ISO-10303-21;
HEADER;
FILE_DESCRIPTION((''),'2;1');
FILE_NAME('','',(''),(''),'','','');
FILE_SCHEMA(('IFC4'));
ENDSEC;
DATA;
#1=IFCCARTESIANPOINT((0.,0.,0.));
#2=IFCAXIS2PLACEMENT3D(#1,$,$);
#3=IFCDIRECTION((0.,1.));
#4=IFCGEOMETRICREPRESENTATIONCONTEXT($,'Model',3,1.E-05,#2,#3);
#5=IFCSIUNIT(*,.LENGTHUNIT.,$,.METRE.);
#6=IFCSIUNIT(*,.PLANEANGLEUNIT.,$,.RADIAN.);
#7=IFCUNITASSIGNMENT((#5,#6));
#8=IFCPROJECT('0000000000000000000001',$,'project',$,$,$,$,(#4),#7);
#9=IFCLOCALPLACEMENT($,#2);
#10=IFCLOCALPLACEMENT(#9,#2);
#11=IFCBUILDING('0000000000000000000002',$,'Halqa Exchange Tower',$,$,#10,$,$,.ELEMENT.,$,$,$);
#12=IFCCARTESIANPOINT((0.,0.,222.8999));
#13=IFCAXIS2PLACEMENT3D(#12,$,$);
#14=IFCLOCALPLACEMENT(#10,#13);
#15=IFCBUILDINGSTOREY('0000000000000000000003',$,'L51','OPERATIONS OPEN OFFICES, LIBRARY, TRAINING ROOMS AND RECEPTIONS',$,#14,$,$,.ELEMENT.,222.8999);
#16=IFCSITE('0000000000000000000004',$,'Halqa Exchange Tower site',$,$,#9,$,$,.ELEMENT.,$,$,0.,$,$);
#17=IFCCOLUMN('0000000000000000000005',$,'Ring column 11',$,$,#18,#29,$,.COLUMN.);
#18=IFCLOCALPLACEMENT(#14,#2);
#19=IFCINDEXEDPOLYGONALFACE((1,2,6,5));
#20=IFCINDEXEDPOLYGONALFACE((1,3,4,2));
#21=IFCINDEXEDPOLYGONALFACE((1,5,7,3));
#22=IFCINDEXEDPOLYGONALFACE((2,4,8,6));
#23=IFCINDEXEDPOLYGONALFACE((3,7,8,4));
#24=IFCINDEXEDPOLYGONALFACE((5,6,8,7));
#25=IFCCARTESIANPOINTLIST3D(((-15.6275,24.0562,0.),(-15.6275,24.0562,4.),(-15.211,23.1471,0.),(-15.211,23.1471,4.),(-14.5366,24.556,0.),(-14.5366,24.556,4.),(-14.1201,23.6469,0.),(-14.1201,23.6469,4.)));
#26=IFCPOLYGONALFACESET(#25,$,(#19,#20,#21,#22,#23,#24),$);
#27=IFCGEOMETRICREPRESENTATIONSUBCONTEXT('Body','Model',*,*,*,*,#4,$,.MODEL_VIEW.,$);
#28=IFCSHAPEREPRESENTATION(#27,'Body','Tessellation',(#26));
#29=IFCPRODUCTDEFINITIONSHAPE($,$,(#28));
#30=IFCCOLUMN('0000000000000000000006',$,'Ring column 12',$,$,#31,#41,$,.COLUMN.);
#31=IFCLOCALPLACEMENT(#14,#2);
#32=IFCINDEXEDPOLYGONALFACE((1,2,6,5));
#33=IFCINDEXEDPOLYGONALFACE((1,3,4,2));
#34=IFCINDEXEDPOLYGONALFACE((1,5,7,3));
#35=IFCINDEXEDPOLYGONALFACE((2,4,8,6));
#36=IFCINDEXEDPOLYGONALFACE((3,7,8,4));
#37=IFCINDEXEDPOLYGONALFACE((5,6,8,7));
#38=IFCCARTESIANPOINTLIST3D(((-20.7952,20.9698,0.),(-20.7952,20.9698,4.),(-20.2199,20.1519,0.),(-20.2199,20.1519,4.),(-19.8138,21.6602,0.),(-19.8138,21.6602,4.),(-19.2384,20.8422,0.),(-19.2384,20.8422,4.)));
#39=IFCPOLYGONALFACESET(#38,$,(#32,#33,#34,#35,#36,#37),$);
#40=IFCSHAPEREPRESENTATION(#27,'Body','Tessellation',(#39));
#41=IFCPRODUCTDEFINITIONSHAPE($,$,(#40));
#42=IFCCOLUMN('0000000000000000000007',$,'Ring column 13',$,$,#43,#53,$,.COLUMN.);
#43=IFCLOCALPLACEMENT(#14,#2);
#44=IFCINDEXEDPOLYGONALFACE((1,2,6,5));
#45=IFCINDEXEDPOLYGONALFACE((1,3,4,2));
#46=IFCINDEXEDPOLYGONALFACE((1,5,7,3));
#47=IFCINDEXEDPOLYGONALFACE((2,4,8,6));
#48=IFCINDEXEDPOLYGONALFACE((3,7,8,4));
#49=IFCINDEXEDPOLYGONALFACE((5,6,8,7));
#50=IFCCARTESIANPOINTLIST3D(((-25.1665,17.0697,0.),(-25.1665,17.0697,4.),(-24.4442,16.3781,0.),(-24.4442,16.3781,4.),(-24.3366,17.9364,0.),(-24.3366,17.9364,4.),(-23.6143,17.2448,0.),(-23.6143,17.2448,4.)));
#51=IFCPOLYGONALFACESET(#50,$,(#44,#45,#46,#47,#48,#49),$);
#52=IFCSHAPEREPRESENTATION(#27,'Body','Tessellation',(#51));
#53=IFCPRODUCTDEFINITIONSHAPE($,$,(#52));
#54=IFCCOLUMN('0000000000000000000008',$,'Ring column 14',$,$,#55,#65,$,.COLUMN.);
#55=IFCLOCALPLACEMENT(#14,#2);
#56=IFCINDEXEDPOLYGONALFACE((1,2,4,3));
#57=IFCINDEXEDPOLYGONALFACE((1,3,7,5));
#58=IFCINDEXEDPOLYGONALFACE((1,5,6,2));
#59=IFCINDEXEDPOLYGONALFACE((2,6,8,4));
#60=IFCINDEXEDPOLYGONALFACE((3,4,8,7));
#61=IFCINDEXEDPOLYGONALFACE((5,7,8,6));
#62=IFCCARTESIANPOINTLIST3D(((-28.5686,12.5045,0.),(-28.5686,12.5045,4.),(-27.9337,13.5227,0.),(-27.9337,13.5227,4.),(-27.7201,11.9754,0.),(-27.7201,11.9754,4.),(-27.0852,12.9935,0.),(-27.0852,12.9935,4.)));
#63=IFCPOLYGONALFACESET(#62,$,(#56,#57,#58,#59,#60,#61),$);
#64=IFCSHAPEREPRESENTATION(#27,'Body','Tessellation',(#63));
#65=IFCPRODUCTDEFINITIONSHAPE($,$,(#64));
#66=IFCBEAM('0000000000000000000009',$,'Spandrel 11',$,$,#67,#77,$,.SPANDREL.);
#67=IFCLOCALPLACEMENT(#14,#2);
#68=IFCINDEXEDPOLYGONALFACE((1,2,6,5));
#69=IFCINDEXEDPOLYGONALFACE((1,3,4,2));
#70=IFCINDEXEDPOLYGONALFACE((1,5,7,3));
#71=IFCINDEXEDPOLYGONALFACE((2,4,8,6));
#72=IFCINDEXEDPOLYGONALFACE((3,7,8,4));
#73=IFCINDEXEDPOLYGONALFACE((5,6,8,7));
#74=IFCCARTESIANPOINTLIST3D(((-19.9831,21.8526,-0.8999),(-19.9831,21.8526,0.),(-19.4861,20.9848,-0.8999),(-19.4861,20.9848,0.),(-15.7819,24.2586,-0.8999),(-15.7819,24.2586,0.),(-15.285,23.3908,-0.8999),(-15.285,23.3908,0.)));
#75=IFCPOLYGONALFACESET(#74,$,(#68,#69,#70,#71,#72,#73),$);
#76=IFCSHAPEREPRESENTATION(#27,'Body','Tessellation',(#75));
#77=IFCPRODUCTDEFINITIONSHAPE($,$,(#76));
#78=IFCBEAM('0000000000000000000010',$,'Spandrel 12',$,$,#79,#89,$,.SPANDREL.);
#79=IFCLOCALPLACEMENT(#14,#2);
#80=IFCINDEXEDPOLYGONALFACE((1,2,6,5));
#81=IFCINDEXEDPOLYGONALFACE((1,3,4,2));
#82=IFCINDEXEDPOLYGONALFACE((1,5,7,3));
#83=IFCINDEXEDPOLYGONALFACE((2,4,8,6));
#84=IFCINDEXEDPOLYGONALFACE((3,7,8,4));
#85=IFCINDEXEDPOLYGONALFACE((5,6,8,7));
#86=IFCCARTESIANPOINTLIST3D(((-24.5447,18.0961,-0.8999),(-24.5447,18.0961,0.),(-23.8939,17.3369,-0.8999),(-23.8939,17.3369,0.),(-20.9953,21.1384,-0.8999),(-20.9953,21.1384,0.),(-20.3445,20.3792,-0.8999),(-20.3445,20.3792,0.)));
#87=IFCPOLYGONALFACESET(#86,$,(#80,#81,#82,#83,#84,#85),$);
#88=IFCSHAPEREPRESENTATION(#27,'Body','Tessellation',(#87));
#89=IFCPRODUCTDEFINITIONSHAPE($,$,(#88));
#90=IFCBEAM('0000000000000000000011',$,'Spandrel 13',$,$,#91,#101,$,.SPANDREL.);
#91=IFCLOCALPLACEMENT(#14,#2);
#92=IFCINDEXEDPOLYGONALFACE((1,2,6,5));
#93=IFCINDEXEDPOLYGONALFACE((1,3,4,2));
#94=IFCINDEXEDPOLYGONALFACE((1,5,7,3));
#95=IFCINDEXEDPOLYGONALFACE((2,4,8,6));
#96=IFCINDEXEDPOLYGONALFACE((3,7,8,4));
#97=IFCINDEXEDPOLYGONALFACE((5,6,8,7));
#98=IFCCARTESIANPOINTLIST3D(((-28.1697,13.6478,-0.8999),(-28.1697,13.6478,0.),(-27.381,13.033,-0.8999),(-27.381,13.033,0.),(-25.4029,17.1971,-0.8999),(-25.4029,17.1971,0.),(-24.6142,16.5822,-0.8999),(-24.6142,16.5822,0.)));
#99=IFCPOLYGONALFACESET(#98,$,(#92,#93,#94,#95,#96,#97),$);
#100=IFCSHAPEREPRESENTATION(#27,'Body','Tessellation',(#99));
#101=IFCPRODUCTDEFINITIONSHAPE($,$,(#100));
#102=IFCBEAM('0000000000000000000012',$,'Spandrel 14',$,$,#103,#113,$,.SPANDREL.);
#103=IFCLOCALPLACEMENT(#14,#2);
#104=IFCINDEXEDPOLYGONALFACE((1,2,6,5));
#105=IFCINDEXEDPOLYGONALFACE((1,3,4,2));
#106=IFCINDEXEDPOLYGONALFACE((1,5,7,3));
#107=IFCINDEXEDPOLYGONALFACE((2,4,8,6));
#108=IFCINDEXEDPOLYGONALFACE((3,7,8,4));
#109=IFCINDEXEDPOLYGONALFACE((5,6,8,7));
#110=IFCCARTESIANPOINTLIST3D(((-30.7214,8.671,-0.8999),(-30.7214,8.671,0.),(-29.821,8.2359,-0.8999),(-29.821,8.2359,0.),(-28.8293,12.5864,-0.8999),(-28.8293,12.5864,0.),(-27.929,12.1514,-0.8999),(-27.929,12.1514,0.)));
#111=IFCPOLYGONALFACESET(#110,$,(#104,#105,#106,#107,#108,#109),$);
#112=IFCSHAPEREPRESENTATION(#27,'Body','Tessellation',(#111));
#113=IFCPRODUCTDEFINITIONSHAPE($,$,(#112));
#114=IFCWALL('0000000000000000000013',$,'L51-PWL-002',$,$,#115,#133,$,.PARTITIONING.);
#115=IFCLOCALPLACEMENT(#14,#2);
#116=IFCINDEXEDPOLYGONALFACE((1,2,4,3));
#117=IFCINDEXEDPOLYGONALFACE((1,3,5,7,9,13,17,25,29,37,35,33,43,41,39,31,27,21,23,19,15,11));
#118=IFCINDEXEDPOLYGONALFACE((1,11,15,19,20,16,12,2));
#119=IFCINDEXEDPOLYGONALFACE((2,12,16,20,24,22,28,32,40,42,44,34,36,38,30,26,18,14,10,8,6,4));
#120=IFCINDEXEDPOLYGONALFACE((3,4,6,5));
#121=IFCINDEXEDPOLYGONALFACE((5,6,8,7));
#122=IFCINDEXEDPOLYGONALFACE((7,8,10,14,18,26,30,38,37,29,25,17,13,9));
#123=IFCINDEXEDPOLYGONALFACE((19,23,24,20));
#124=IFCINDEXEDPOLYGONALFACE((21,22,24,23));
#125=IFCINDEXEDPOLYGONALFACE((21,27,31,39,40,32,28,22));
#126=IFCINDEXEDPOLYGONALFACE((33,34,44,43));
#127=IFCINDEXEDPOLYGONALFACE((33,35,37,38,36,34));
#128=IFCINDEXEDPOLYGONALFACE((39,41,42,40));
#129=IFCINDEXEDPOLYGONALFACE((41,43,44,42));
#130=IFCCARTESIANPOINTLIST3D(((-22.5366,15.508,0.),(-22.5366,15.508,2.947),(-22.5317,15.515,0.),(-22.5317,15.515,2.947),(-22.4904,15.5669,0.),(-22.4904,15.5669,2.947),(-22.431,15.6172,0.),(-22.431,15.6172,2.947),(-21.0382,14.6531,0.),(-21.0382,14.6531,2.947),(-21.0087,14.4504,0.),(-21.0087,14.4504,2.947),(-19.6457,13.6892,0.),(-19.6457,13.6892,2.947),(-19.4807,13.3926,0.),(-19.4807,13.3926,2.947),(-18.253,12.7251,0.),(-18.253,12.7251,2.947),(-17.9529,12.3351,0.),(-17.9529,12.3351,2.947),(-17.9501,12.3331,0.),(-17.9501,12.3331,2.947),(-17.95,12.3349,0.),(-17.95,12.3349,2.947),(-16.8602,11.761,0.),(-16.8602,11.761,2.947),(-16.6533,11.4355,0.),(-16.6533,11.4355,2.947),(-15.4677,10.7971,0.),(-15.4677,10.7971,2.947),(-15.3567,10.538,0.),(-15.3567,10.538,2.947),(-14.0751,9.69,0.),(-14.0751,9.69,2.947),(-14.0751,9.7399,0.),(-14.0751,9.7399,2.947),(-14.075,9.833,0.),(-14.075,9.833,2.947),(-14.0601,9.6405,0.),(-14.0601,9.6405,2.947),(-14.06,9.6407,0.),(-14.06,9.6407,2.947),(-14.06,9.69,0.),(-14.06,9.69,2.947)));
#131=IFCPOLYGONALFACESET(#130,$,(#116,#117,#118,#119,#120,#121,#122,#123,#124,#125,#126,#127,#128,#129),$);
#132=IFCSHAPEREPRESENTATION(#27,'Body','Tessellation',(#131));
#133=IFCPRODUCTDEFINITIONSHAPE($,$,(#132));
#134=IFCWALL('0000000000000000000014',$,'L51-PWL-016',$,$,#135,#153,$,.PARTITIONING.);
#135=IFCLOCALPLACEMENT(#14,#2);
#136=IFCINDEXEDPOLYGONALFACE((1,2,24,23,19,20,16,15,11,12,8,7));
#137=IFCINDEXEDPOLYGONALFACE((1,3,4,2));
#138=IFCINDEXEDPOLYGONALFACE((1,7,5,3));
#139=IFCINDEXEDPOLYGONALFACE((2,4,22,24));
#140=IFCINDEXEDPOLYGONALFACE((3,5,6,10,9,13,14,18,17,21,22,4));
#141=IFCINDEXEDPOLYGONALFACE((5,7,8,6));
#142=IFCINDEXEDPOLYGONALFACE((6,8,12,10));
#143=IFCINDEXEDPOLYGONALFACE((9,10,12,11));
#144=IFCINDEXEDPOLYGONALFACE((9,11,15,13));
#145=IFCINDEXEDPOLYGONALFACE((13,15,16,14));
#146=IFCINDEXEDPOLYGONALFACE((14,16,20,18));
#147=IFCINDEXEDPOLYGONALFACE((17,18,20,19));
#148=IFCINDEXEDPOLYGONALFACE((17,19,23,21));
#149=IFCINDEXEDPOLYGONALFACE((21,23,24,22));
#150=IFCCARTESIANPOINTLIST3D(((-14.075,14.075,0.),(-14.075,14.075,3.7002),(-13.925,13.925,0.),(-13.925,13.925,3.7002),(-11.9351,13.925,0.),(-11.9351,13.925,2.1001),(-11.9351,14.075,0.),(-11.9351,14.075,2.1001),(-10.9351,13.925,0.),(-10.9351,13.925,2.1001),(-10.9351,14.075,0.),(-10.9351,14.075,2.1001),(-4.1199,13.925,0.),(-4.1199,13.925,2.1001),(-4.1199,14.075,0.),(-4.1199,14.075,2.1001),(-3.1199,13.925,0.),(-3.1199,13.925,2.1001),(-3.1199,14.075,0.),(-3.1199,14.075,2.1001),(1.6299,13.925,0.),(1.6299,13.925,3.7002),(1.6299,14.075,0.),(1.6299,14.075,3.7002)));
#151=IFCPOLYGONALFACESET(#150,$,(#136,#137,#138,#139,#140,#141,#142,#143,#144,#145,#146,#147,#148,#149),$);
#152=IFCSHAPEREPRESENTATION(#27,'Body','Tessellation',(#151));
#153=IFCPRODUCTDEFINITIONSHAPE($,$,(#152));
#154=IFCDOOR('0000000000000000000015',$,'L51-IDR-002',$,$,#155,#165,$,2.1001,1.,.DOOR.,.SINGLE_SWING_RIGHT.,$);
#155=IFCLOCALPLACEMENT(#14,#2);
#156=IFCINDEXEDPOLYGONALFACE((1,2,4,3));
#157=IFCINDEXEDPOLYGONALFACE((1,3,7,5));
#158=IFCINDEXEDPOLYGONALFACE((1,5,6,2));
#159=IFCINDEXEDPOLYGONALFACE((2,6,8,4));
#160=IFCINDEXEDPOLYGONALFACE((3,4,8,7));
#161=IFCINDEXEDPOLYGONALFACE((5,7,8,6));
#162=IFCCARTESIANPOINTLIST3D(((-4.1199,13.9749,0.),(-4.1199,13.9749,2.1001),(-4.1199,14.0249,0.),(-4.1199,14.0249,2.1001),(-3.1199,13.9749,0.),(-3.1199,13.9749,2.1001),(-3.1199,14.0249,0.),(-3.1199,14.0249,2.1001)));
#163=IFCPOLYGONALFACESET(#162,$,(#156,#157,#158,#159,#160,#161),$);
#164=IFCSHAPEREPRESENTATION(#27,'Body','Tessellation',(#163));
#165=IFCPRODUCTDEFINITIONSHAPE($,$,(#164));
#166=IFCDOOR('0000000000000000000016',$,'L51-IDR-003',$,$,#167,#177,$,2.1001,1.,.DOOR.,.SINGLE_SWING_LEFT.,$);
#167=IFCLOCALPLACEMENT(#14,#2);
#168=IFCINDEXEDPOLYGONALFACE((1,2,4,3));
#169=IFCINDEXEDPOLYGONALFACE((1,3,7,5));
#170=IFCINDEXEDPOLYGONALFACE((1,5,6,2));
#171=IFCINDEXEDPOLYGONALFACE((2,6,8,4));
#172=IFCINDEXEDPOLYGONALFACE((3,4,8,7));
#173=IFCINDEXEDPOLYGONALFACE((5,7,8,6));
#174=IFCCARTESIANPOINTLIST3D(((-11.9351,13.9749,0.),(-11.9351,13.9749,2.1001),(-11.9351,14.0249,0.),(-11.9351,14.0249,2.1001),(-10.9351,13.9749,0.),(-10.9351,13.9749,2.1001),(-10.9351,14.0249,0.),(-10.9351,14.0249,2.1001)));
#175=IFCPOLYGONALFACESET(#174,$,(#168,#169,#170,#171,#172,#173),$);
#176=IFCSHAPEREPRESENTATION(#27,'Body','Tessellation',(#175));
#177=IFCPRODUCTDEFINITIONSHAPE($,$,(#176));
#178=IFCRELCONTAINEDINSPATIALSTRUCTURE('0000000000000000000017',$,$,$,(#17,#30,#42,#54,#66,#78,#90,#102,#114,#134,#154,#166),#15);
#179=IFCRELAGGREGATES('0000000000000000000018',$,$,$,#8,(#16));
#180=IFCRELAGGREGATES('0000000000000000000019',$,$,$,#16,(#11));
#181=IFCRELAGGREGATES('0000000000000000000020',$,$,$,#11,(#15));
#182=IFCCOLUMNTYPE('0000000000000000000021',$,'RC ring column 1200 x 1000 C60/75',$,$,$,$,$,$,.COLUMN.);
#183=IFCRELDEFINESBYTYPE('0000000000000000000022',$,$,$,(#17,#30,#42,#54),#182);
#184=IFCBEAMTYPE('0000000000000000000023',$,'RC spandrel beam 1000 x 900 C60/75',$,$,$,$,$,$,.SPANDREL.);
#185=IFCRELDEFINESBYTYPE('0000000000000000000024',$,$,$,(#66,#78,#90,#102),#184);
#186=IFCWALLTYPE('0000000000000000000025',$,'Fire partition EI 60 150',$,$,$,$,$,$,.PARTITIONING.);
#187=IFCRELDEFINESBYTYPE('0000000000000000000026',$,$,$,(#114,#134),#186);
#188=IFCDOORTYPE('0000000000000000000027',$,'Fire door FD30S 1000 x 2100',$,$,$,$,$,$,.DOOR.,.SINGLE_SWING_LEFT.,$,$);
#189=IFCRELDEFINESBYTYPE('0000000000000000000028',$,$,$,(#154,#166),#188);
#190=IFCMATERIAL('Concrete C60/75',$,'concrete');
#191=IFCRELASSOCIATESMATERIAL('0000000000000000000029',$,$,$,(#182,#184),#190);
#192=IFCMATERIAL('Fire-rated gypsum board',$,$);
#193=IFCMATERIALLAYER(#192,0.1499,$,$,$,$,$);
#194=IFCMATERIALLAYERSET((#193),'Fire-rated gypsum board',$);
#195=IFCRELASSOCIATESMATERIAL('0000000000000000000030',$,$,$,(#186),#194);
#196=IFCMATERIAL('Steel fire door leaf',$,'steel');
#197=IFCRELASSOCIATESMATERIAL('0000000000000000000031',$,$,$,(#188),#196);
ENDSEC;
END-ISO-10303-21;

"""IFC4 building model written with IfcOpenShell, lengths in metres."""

from ifc_helpers import new_model, si_unit, direction, frame, frame_2d, origin, origin_2d, place, context, subcontext, project, spatial, polyline, rectangle, outline, extrude, material, layer, layer_set, material_profile, profile_set, type_object, element, fill, save


model = new_model("IFC4")

# Units and contexts
model_context = context("Model", 3, precision=1e-05, world=origin(), true_north=direction((0.0, 1.0)))
body_context = subcontext(model_context, "Body", "Model", "MODEL_VIEW")
ifc_project = project(units=[si_unit("LENGTHUNIT", "METRE"), si_unit("PLANEANGLEUNIT", "RADIAN")], contexts=[model_context])

# Site, building, storey
site_placement = place(None, origin())
site = spatial("IfcSite", under=ifc_project, at=site_placement, Name="Halqa Exchange Tower site", CompositionType="ELEMENT", RefElevation=0.0)
building_placement = place(site_placement, origin())
building = spatial("IfcBuilding", under=site, at=building_placement, Name="Halqa Exchange Tower", CompositionType="ELEMENT")
storey_placement = place(building_placement, frame((0.0, 0.0, 222.8999)))
storey = spatial("IfcBuildingStorey", under=building, at=storey_placement, Name="L51", Description="OPERATIONS OPEN OFFICES, LIBRARY, TRAINING ROOMS AND RECEPTIONS", CompositionType="ELEMENT", Elevation=222.8999)

# Columns
ifc_material_1 = material(Name="Concrete C60/75", Category="concrete")
ifc_material_profile_1 = material_profile(ifc_material_1, rectangle(XDim=1.2, YDim=1.0, at=origin_2d()), Name="1200 x 1000")
ifc_profile_set_1 = profile_set([ifc_material_profile_1], Name="Concrete C60/75")
column_type = type_object("IfcColumnType", Name="RC ring column 1200 x 1000 C60/75", PredefinedType="COLUMN", material=ifc_profile_set_1)
for number, where, z_axis, x_axis, name in (
    (1, (-14.8738, 23.8516, 0.0), (0.0, 0.0, 1.0), (-0.909129, -0.416516, 0.0), "Ring column 11"),
    (2, (-20.0168, 20.906, 0.0), (0.0, 0.0, 1.0), (-0.817909, -0.575348, 0.0), "Ring column 12"),
    (3, (-24.3904, 17.1572, 0.0), (0.0, 0.0, 1.0), (-0.691576, -0.722304, 0.0), "Ring column 13"),
    (4, (-27.8269, 12.749, 0.0), (0.0, 0.0, 1.0), (-0.529146, -0.848531, 0.0), "Ring column 14"),
):
    element("IfcColumn", number, at=place(storey_placement, frame(where, z_axis=z_axis, x_axis=x_axis)), inside=storey, type_object=column_type, Name=name, PredefinedType="COLUMN", context=body_context, shape_type="SweptSolid", body=[
        extrude(rectangle(XDim=1.2, YDim=1.0, at=origin_2d()), origin(), (0.0, 0.0, 1.0), 4.0),
    ])

# Beams
ifc_material_profile_2 = material_profile(ifc_material_1, rectangle(XDim=1.0, YDim=0.8999, at=origin_2d()), Name="1000 x 900")
ifc_profile_set_2 = profile_set([ifc_material_profile_2], Name="Concrete C60/75")
beam_type = type_object("IfcBeamType", Name="RC spandrel beam 1000 x 900 C60/75", PredefinedType="SPANDREL", material=ifc_profile_set_2)
beam_1_placement = place(storey_placement, frame((-15.5334, 23.8247, -0.45), z_axis=(-0.867768, -0.49697, 0.0), x_axis=(0.49697, -0.867768, 0.0)))
element("IfcBeam", 5, at=beam_1_placement, inside=storey, type_object=beam_type, Name="Spandrel 11", PredefinedType="SPANDREL", context=body_context, shape_type="SweptSolid", body=[
    extrude(rectangle(XDim=1.0, YDim=0.8999, at=origin_2d()), origin(), (0.0, 0.0, 1.0), 4.8413),
])
beam_2_placement = place(storey_placement, frame((-20.6699, 20.7588, -0.45), z_axis=(-0.75926, -0.650787, 0.0), x_axis=(0.650787, -0.75926, 0.0)))
element("IfcBeam", 6, at=beam_2_placement, inside=storey, type_object=beam_type, Name="Spandrel 12", PredefinedType="SPANDREL", context=body_context, shape_type="SweptSolid", body=[
    extrude(rectangle(XDim=1.0, YDim=0.8999, at=origin_2d()), origin(), (0.0, 0.0, 1.0), 4.6748),
])
beam_3_placement = place(storey_placement, frame((-25.0085, 16.8896, -0.45), z_axis=(-0.614808, -0.788677, 0.0), x_axis=(0.788677, -0.614808, 0.0)))
element("IfcBeam", 7, at=beam_3_placement, inside=storey, type_object=beam_type, Name="Spandrel 13", PredefinedType="SPANDREL", context=body_context, shape_type="SweptSolid", body=[
    extrude(rectangle(XDim=1.0, YDim=0.8999, at=origin_2d()), origin(), (0.0, 0.0, 1.0), 4.5002),
])
beam_4_placement = place(storey_placement, frame((-28.3792, 12.3689, -0.45), z_axis=(-0.435091, -0.900386, 0.0), x_axis=(0.900386, -0.435091, 0.0)))
element("IfcBeam", 8, at=beam_4_placement, inside=storey, type_object=beam_type, Name="Spandrel 14", PredefinedType="SPANDREL", context=body_context, shape_type="SweptSolid", body=[
    extrude(rectangle(XDim=1.0, YDim=0.8999, at=origin_2d()), origin(), (0.0, 0.0, 1.0), 4.3486),
])

# Wall
ifc_material_2 = material(Name="Fire-rated gypsum board")
ifc_layer_1 = layer(ifc_material_2, 0.1499)
ifc_layer_set_1 = layer_set([ifc_layer_1], Name="Fire-rated gypsum board")
wall_type_1 = type_object("IfcWallType", Name="Fire partition EI 60 150", PredefinedType="PARTITIONING", material=ifc_layer_set_1)
wall_1_placement = place(storey_placement, frame((-22.4939, 15.5696, 0.0), z_axis=(0.0, 0.0, 1.0), x_axis=(0.822228, -0.569158, 0.0)))
element("IfcWall", 9, at=wall_1_placement, inside=storey, type_object=wall_type_1, Name="L51-PWL-002", PredefinedType="PARTITIONING", context=body_context, shape_type="SweptSolid", body=[
    extrude(outline(polyline([(0.0, -0.075), (1.8582, -0.075), (3.7166, -0.075), (5.5747, -0.075), (5.5771, -0.0735), (5.5781, -0.075), (7.1553, -0.075), (8.7322, -0.075), (10.3091, -0.075), (10.3091, -0.0747), (10.281, -0.0342), (10.2686, -0.0427), (10.2402, -0.0017), (10.2402, -0.0017), (10.1873, 0.075), (8.4934, 0.075), (6.7998, 0.075), (5.106, 0.075), (3.4121, 0.075), (1.7185, 0.075), (0.0247, 0.075), (0.0044, -0.0002), (0.0, -0.0664), (0.0, -0.075)])), origin(), (0.0, 0.0, 1.0), 2.947),
])

# Wall, openings, doors
wall_2_placement = place(storey_placement, frame((-14.075, 14.0, 0.0), z_axis=(0.0, 0.0, 1.0), x_axis=(1.0, 0.0, 0.0)))
wall_2 = element("IfcWall", 10, at=wall_2_placement, inside=storey, type_object=wall_type_1, Name="L51-PWL-016", PredefinedType="PARTITIONING", context=body_context, shape_type="SweptSolid", body=[
    extrude(outline(polyline([(15.7048, 0.075), (13.7417, 0.075), (11.7786, 0.075), (9.8154, 0.075), (7.8525, 0.075), (5.8894, 0.075), (3.9263, 0.075), (1.9631, 0.075), (0.0, 0.075), (0.1499, -0.075), (2.0942, -0.075), (4.0386, -0.075), (5.9829, -0.075), (7.9272, -0.075), (9.8718, -0.075), (11.8162, -0.075), (13.7605, -0.075), (15.7048, -0.075), (15.7048, 0.075)])), origin(), (0.0, 0.0, 1.0), 3.7002),
])
opening_1_placement = place(wall_2_placement, frame((9.9551, 0.0, 0.0)))
opening_1 = element("IfcOpeningElement", 11, at=opening_1_placement, cuts=wall_2, PredefinedType="OPENING", context=body_context, shape_type="SweptSolid", body=[
    extrude(rectangle(XDim=1.0, YDim=2.1001, at=frame_2d((0.5, 1.05))), frame((0.0, 0.0869, 0.0), z_axis=(0.0, -1.0, 0.0), x_axis=(1.0, 0.0, 0.0)), (0.0, 0.0, 1.0), 0.1738),
])
opening_2_placement = place(wall_2_placement, frame((2.1399, 0.0, 0.0)))
opening_2 = element("IfcOpeningElement", 12, at=opening_2_placement, cuts=wall_2, PredefinedType="OPENING", context=body_context, shape_type="SweptSolid", body=[
    extrude(rectangle(XDim=1.0, YDim=2.1001, at=frame_2d((0.5, 1.05))), frame((0.0, 0.0869, 0.0), z_axis=(0.0, -1.0, 0.0), x_axis=(1.0, 0.0, 0.0)), (0.0, 0.0, 1.0), 0.1738),
])
ifc_material_3 = material(Name="Steel fire door leaf", Category="steel")
door_type_1 = type_object("IfcDoorType", Name="Fire door FD30S 1000 x 2100", OperationType="SINGLE_SWING_LEFT", PredefinedType="DOOR", material=ifc_material_3)
door_1_placement = place(opening_1_placement, origin())
door_1 = element("IfcDoor", 13, at=door_1_placement, inside=storey, type_object=door_type_1, Name="L51-IDR-002", OperationType="SINGLE_SWING_RIGHT", OverallHeight=2.1001, OverallWidth=1.0, PredefinedType="DOOR", context=body_context, shape_type="SweptSolid", body=[
    extrude(rectangle(XDim=1.0, YDim=2.1001, at=frame_2d((0.5, 1.05))), frame((0.0, 0.0249, 0.0), z_axis=(0.0, -1.0, 0.0), x_axis=(1.0, 0.0, 0.0)), (0.0, 0.0, 1.0), 0.05),
])
fill(opening_1, door_1)
door_2_placement = place(opening_2_placement, origin())
door_2 = element("IfcDoor", 14, at=door_2_placement, inside=storey, type_object=door_type_1, Name="L51-IDR-003", OperationType="SINGLE_SWING_LEFT", OverallHeight=2.1001, OverallWidth=1.0, PredefinedType="DOOR", context=body_context, shape_type="SweptSolid", body=[
    extrude(rectangle(XDim=1.0, YDim=2.1001, at=frame_2d((0.5, 1.05))), frame((0.0, 0.0249, 0.0), z_axis=(0.0, -1.0, 0.0), x_axis=(1.0, 0.0, 0.0)), (0.0, 0.0, 1.0), 0.05),
])
fill(opening_2, door_2)

save(model, "model.ifc")
